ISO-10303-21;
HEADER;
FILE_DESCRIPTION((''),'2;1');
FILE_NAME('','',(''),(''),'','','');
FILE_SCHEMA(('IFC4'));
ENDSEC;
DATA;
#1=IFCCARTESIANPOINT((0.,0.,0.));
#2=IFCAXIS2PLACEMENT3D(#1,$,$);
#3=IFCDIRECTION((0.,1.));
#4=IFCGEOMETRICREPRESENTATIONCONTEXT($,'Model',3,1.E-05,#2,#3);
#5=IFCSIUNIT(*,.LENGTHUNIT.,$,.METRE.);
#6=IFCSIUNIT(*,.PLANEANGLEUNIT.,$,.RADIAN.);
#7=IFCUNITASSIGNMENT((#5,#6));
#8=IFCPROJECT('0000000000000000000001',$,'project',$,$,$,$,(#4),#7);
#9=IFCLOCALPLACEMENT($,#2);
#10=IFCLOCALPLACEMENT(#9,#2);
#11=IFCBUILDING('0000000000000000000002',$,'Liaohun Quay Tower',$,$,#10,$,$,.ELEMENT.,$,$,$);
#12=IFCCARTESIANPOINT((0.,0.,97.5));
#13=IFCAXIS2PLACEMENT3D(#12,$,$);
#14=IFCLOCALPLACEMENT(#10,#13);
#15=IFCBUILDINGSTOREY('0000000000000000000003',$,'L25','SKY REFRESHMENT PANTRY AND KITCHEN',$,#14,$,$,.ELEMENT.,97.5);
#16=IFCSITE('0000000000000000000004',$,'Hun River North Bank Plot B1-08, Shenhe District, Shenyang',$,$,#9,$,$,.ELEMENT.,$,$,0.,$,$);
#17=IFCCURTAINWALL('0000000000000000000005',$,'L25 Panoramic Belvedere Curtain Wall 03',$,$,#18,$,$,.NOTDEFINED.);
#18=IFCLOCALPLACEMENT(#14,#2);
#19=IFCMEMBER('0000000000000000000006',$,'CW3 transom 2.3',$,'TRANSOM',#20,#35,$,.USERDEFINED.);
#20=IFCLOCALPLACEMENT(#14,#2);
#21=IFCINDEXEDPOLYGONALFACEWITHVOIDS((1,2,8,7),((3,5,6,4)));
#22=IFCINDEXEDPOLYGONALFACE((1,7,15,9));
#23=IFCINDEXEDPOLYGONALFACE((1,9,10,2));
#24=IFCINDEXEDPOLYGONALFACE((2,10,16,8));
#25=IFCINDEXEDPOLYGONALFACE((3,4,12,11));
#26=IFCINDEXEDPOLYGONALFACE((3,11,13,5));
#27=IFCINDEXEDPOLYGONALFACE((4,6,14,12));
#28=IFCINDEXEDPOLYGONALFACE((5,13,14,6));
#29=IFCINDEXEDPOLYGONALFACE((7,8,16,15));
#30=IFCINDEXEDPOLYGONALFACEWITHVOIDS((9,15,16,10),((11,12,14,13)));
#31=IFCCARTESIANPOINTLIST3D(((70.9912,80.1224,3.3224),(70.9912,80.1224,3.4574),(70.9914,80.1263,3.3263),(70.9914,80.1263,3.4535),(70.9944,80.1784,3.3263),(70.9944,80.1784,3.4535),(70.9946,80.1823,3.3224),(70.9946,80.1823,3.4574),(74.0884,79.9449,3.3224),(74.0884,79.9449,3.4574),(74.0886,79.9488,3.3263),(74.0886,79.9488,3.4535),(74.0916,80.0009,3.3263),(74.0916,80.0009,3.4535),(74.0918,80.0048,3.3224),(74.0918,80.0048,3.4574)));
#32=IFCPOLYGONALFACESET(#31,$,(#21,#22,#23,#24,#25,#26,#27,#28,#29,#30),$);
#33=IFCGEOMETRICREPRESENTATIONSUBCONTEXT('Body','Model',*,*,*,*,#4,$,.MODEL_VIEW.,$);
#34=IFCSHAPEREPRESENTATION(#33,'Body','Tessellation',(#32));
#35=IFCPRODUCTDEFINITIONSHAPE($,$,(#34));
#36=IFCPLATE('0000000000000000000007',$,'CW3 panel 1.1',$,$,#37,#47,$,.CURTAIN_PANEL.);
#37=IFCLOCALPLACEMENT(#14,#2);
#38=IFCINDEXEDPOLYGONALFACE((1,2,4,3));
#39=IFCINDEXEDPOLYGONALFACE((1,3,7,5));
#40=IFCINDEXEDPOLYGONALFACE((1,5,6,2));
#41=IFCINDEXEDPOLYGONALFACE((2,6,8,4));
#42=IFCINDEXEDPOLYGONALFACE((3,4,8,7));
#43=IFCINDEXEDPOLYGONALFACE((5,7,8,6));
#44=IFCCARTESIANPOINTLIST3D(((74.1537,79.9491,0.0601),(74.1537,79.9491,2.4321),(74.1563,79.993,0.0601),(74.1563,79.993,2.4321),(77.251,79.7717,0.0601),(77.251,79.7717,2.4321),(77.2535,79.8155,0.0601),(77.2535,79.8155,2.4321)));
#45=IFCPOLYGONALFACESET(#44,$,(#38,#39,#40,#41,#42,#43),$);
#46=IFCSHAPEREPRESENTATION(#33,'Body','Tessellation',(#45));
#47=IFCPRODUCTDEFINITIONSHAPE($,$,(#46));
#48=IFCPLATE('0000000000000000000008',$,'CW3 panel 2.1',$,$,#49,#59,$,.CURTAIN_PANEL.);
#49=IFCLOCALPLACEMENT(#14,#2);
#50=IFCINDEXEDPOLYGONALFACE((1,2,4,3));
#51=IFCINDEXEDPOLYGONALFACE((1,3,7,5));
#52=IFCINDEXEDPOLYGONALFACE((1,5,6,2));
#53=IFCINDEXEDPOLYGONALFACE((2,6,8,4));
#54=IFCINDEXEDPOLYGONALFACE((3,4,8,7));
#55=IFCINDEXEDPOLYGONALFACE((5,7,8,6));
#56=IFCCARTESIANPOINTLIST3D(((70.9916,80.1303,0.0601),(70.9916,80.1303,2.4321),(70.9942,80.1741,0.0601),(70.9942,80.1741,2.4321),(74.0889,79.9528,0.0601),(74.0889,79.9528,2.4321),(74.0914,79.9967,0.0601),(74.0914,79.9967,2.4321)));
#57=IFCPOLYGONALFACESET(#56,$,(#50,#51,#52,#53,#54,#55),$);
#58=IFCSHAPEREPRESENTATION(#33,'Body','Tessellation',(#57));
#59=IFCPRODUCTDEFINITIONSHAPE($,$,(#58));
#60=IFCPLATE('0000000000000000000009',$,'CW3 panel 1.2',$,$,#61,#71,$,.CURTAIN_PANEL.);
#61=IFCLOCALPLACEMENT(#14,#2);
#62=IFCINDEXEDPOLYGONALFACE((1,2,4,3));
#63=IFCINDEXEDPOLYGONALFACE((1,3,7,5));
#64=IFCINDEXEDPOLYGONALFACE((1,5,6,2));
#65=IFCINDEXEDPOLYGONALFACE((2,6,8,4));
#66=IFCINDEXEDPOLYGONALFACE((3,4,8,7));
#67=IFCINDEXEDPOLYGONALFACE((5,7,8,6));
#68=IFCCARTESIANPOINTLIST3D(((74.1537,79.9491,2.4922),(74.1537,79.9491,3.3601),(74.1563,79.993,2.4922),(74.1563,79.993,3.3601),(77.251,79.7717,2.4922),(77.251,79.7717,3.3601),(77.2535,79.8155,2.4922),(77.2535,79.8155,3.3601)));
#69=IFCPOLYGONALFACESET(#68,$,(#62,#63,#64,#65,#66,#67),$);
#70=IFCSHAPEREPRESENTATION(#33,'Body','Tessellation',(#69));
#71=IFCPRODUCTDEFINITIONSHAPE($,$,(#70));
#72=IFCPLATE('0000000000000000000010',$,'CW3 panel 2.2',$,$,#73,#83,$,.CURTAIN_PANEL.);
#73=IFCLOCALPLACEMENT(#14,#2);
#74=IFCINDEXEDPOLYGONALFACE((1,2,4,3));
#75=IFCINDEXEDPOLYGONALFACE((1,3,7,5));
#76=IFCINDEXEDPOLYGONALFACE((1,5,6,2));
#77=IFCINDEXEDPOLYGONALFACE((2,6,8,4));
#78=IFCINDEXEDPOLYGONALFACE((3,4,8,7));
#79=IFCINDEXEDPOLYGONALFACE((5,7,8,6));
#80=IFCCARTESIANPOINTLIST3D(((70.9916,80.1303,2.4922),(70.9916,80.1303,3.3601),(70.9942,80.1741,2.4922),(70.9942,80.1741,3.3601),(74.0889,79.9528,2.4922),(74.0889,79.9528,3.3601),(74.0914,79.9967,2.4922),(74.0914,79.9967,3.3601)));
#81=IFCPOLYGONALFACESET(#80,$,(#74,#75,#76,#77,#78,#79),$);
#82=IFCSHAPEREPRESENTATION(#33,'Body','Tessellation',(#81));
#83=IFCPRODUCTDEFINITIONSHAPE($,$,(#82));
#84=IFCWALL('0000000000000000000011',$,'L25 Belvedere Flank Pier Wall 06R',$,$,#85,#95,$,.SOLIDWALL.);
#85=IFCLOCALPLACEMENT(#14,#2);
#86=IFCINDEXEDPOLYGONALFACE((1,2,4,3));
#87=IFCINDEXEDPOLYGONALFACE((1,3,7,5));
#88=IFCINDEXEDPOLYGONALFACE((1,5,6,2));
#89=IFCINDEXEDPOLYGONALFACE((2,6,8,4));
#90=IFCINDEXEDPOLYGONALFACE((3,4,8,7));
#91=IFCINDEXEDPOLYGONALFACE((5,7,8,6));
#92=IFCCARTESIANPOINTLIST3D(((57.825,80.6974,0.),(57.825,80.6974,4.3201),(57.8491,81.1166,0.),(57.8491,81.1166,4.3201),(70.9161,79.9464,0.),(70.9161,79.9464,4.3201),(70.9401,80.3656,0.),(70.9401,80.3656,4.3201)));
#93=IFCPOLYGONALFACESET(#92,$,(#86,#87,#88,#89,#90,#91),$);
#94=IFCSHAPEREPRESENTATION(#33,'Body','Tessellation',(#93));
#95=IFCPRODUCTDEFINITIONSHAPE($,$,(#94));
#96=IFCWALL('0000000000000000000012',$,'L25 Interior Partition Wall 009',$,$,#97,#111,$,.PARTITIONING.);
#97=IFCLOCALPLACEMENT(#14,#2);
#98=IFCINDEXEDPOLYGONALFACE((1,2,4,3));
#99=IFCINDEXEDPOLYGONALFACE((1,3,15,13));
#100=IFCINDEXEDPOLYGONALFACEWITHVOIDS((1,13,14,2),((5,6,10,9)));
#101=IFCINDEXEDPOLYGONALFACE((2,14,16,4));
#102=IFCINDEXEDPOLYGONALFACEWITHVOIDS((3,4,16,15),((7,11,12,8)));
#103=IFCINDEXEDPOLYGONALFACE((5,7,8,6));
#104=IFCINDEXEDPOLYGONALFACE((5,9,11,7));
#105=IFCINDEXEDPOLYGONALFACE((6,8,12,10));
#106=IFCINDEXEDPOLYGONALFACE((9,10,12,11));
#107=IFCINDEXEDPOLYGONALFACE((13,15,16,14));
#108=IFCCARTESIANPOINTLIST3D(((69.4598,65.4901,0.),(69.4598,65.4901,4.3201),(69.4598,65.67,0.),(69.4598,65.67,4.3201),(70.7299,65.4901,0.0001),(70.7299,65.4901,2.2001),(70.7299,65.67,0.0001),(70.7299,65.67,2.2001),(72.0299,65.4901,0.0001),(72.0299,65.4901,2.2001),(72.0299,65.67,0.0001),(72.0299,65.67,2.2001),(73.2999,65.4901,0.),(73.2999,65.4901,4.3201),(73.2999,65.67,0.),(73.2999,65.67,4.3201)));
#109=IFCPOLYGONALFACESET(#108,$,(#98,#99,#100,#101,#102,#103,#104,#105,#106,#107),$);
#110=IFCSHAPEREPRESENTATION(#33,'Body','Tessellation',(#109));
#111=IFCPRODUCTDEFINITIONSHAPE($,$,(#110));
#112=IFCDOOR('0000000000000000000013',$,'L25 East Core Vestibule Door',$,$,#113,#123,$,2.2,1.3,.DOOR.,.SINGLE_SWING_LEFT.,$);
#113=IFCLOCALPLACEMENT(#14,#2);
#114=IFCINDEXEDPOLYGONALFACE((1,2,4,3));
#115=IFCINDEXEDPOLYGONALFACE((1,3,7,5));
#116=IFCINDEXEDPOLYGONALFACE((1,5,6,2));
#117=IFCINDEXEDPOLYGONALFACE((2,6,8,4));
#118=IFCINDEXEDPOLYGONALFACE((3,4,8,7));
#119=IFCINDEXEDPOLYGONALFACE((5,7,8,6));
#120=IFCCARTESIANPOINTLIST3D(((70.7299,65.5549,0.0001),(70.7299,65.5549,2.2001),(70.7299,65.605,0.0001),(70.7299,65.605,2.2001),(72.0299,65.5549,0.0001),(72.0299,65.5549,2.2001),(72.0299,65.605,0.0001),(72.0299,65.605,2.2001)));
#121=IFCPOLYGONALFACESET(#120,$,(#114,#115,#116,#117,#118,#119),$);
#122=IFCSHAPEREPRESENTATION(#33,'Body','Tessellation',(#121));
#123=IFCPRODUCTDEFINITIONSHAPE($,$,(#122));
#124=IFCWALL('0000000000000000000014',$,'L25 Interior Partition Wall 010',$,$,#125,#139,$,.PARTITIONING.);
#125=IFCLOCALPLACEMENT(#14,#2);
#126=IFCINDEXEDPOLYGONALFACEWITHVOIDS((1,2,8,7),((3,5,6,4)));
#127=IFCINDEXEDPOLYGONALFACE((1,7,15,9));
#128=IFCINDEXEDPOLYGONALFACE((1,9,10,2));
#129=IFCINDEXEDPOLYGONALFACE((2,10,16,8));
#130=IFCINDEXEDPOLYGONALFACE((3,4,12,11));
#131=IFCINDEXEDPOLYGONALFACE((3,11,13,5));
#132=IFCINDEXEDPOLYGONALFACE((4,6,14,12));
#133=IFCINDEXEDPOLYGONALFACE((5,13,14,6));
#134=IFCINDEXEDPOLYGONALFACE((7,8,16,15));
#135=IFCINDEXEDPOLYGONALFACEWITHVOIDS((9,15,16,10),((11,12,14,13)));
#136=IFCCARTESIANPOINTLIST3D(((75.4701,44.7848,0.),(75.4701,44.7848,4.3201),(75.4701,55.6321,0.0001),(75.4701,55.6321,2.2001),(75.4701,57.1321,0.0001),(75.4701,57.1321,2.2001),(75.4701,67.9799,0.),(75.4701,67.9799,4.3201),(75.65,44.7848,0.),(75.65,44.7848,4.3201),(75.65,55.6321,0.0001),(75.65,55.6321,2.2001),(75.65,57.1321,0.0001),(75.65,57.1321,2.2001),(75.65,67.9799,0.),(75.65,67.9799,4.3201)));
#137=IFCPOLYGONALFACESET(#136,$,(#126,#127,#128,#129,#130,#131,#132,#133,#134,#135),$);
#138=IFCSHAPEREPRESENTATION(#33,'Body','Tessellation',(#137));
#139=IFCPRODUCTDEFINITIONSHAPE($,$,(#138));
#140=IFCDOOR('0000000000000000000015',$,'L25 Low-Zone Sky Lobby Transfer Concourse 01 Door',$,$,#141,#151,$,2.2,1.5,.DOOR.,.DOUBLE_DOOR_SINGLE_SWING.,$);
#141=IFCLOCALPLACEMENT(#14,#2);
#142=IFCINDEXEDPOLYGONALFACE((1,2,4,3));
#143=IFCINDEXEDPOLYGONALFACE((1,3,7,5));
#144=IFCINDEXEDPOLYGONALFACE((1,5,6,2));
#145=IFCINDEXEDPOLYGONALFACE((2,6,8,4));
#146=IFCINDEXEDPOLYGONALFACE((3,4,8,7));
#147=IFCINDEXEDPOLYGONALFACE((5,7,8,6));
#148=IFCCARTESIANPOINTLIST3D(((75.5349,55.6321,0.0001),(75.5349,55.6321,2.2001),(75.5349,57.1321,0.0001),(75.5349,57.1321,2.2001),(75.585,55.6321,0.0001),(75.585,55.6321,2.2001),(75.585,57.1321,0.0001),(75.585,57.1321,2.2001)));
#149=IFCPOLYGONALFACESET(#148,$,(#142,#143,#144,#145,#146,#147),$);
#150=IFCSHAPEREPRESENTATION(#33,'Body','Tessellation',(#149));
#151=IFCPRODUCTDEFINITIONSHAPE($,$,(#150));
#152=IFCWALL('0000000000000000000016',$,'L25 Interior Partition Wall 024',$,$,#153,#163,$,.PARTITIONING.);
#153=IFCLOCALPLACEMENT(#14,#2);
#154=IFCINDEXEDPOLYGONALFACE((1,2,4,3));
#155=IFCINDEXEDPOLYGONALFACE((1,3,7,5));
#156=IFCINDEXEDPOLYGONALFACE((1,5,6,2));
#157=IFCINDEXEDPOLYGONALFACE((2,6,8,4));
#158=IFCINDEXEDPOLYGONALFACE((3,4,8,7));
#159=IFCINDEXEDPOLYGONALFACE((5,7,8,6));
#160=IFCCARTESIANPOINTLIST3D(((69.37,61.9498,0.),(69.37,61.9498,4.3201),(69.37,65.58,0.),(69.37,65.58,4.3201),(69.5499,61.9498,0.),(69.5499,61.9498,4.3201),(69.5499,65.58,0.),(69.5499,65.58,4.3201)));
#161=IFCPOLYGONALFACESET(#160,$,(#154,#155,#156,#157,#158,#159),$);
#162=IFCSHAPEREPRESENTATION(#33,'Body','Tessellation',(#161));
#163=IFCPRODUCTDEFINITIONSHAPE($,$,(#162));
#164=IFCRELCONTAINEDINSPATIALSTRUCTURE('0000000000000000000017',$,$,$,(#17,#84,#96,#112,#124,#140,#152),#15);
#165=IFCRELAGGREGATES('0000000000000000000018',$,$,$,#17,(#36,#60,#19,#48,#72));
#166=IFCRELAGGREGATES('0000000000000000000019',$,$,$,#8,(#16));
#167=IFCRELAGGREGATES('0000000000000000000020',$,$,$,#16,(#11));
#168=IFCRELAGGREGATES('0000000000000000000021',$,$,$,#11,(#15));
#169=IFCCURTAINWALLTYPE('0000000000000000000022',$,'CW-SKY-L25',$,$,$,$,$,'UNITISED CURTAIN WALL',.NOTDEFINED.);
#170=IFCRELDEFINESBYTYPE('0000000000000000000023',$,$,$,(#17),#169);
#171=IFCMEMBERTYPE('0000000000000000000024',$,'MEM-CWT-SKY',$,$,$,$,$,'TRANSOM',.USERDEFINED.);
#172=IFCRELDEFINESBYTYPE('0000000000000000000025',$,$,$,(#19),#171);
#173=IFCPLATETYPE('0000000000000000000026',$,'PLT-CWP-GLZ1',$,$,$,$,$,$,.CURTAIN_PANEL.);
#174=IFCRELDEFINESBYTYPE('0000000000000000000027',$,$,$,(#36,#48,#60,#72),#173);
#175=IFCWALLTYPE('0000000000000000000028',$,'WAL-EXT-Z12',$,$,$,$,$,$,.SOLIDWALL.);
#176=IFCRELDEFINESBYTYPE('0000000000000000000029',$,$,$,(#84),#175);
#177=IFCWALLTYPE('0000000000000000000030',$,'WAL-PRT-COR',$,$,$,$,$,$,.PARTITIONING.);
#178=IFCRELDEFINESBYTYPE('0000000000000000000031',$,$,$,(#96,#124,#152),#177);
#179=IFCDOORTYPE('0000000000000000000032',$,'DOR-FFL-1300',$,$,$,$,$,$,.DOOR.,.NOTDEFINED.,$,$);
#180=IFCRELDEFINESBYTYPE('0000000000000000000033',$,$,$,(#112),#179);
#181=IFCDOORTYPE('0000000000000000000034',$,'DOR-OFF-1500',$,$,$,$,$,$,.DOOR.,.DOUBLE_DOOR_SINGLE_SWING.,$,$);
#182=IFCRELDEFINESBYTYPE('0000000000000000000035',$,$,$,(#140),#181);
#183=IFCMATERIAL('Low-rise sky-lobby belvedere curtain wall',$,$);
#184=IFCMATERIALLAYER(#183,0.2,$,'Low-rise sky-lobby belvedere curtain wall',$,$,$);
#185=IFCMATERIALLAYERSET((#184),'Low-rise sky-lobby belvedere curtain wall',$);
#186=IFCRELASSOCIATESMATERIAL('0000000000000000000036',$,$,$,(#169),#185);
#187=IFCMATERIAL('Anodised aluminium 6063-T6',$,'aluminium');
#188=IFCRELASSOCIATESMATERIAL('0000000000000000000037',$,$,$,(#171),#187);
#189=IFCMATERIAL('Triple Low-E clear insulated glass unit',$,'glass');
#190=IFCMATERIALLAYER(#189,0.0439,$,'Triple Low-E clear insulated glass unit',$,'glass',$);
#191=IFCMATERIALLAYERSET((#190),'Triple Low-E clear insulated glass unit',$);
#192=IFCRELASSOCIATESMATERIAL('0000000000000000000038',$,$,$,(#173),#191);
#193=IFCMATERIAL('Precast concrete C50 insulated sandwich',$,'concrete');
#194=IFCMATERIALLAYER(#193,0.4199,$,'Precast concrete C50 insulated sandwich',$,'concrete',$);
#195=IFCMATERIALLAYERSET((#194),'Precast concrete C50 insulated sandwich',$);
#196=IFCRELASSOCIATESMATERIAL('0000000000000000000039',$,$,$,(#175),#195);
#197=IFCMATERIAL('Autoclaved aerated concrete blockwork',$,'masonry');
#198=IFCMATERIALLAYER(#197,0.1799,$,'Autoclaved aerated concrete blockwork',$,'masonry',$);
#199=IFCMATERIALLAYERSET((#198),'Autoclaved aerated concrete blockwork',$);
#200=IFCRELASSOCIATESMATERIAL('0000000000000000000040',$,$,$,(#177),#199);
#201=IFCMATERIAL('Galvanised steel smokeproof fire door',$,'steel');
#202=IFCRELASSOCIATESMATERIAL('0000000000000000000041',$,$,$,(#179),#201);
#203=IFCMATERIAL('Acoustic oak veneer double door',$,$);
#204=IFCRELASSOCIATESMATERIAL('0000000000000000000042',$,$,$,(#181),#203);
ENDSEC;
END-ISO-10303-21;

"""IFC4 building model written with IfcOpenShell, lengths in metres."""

from ifc_helpers import new_model, si_unit, direction, frame, frame_2d, origin, origin_2d, place, context, subcontext, project, spatial, rectangle, hollow_rectangle, extrude, source, transform, mapped, material, layer, layer_set, material_profile, profile_set, type_object, element, fill, aggregate, save


model = new_model("IFC4")

# Units and contexts
model_context = context("Model", 3, precision=1e-05, world=origin(), true_north=direction((0.0, 1.0)))
body_context = subcontext(model_context, "Body", "Model", "MODEL_VIEW")
ifc_project = project(units=[si_unit("LENGTHUNIT", "METRE"), si_unit("PLANEANGLEUNIT", "RADIAN")], contexts=[model_context])

# Site, building, storey
site_placement = place(None, origin())
site = spatial("IfcSite", under=ifc_project, at=site_placement, Name="Hun River North Bank Plot B1-08, Shenhe District, Shenyang", CompositionType="ELEMENT", RefElevation=0.0)
building_placement = place(site_placement, origin())
building = spatial("IfcBuilding", under=site, at=building_placement, Name="Liaohun Quay Tower", CompositionType="ELEMENT")
storey_placement = place(building_placement, frame((0.0, 0.0, 97.5)))
storey = spatial("IfcBuildingStorey", under=building, at=storey_placement, Name="L25", Description="SKY REFRESHMENT PANTRY AND KITCHEN", CompositionType="ELEMENT", Elevation=97.5)

# Curtain wall, member, plates
ifc_material_1 = material(Name="Low-rise sky-lobby belvedere curtain wall")
ifc_layer_1 = layer(ifc_material_1, 0.2, Name="Low-rise sky-lobby belvedere curtain wall")
ifc_layer_set_1 = layer_set([ifc_layer_1], Name="Low-rise sky-lobby belvedere curtain wall")
curtain_wall_type = type_object("IfcCurtainWallType", Name="CW-SKY-L25", ElementType="UNITISED CURTAIN WALL", PredefinedType="NOTDEFINED", material=ifc_layer_set_1)
curtain_wall_placement = place(storey_placement, origin())
curtain_wall = element("IfcCurtainWall", 1, at=curtain_wall_placement, inside=storey, type_object=curtain_wall_type, Name="L25 Panoramic Belvedere Curtain Wall 03", PredefinedType="NOTDEFINED")
ifc_material_2 = material(Name="Anodised aluminium 6063-T6", Category="aluminium")
ifc_material_profile_1 = material_profile(ifc_material_2, hollow_rectangle(XDim=0.0601, YDim=0.135, WallThickness=0.0039, at=origin_2d()), Name="RHS135x60x4")
ifc_profile_set_1 = profile_set([ifc_material_profile_1], Name="Anodised aluminium 6063-T6")
member_type_1 = type_object("IfcMemberType", Name="MEM-CWT-SKY", ElementType="TRANSOM", PredefinedType="USERDEFINED", material=ifc_profile_set_1)
shared_shape_1 = source(origin(), body_context, "Body", "SweptSolid", [
    extrude(hollow_rectangle(XDim=0.0601, YDim=0.135, WallThickness=0.0039, at=origin_2d()), origin(), (0.0, 0.0, 1.0), 3.1023),
])
member_1_placement = place(storey_placement, frame((74.0901, 79.9749, 3.3899), z_axis=(-0.998362, 0.057213, 0.0), x_axis=(-0.057213, -0.998362, 0.0)))
member_1 = element("IfcMember", 2, at=member_1_placement, type_object=member_type_1, Name="CW3 transom 2.3", ObjectType="TRANSOM", PredefinedType="USERDEFINED", context=body_context, shape_type="MappedRepresentation", body=[
    mapped(shared_shape_1, transform((0.0, 0.0, 0.0), x_axis=(1.0, 0.0, 0.0), y_axis=(0.0, 1.0, 0.0), z_axis=(0.0, 0.0, 1.0), scale=1.0)),
])
ifc_material_3 = material(Name="Triple Low-E clear insulated glass unit", Category="glass")
ifc_layer_2 = layer(ifc_material_3, 0.0439, Name="Triple Low-E clear insulated glass unit", Category="glass")
ifc_layer_set_2 = layer_set([ifc_layer_2], Name="Triple Low-E clear insulated glass unit")
plate_type = type_object("IfcPlateType", Name="PLT-CWP-GLZ1", PredefinedType="CURTAIN_PANEL", material=ifc_layer_set_2)
shared_shape_2 = source(origin(), body_context, "Body", "SweptSolid", [
    extrude(rectangle(XDim=3.1023, YDim=0.0439, at=origin_2d()), origin(), (0.0, 0.0, 1.0), 2.3721),
])
plate_1_placement = place(storey_placement, frame((75.7036, 79.8823, 0.0601), z_axis=(0.0, 0.0, 1.0), x_axis=(-0.998363, 0.057192, 0.0)))
plate_1 = element("IfcPlate", 3, at=plate_1_placement, type_object=plate_type, Name="CW3 panel 1.1", PredefinedType="CURTAIN_PANEL", context=body_context, shape_type="MappedRepresentation", body=[
    mapped(shared_shape_2, transform((0.0, 0.0, 0.0), x_axis=(1.0, 0.0, 0.0), y_axis=(0.0, 1.0, 0.0), z_axis=(0.0, 0.0, 1.0), scale=1.0)),
])
plate_2_placement = place(storey_placement, frame((72.5415, 80.0635, 0.0601), z_axis=(0.0, 0.0, 1.0), x_axis=(-0.998363, 0.057192, 0.0)))
plate_2 = element("IfcPlate", 4, at=plate_2_placement, type_object=plate_type, Name="CW3 panel 2.1", PredefinedType="CURTAIN_PANEL", context=body_context, shape_type="MappedRepresentation", body=[
    mapped(shared_shape_2, transform((0.0, 0.0, 0.0), x_axis=(1.0, 0.0, 0.0), y_axis=(0.0, 1.0, 0.0), z_axis=(0.0, 0.0, 1.0), scale=1.0)),
])
shared_shape_3 = source(origin(), body_context, "Body", "SweptSolid", [
    extrude(rectangle(XDim=3.1023, YDim=0.0439, at=origin_2d()), origin(), (0.0, 0.0, 1.0), 0.8679),
])
plate_3_placement = place(storey_placement, frame((75.7036, 79.8823, 2.4922), z_axis=(0.0, 0.0, 1.0), x_axis=(-0.998363, 0.057192, 0.0)))
plate_3 = element("IfcPlate", 5, at=plate_3_placement, type_object=plate_type, Name="CW3 panel 1.2", PredefinedType="CURTAIN_PANEL", context=body_context, shape_type="MappedRepresentation", body=[
    mapped(shared_shape_3, transform((0.0, 0.0, 0.0), x_axis=(1.0, 0.0, 0.0), y_axis=(0.0, 1.0, 0.0), z_axis=(0.0, 0.0, 1.0), scale=1.0)),
])
plate_4_placement = place(storey_placement, frame((72.5415, 80.0635, 2.4922), z_axis=(0.0, 0.0, 1.0), x_axis=(-0.998363, 0.057192, 0.0)))
plate_4 = element("IfcPlate", 6, at=plate_4_placement, type_object=plate_type, Name="CW3 panel 2.2", PredefinedType="CURTAIN_PANEL", context=body_context, shape_type="MappedRepresentation", body=[
    mapped(shared_shape_3, transform((0.0, 0.0, 0.0), x_axis=(1.0, 0.0, 0.0), y_axis=(0.0, 1.0, 0.0), z_axis=(0.0, 0.0, 1.0), scale=1.0)),
])
aggregate(curtain_wall, [plate_1, plate_3, member_1, plate_2, plate_4])

# Wall
ifc_material_4 = material(Name="Precast concrete C50 insulated sandwich", Category="concrete")
ifc_layer_3 = layer(ifc_material_4, 0.4199, Name="Precast concrete C50 insulated sandwich", Category="concrete")
ifc_layer_set_3 = layer_set([ifc_layer_3], Name="Precast concrete C50 insulated sandwich")
wall_type_1 = type_object("IfcWallType", Name="WAL-EXT-Z12", PredefinedType="SOLIDWALL", material=ifc_layer_set_3)
wall_1_placement = place(storey_placement, frame((70.928, 80.156, 0.0), z_axis=(0.0, 0.0, 1.0), x_axis=(-0.998359, 0.057271, 0.0)))
element("IfcWall", 7, at=wall_1_placement, inside=storey, type_object=wall_type_1, Name="L25 Belvedere Flank Pier Wall 06R", PredefinedType="SOLIDWALL", context=body_context, shape_type="SweptSolid", body=[
    extrude(rectangle(XDim=13.1125, YDim=0.4199, at=frame_2d((6.5562, 0.0))), origin(), (0.0, 0.0, 1.0), 4.3201),
])

# Walls, openings, doors
ifc_material_5 = material(Name="Autoclaved aerated concrete blockwork", Category="masonry")
ifc_layer_4 = layer(ifc_material_5, 0.1799, Name="Autoclaved aerated concrete blockwork", Category="masonry")
ifc_layer_set_4 = layer_set([ifc_layer_4], Name="Autoclaved aerated concrete blockwork")
wall_type_2 = type_object("IfcWallType", Name="WAL-PRT-COR", PredefinedType="PARTITIONING", material=ifc_layer_set_4)
wall_2_placement = place(storey_placement, frame((69.46, 65.5801, 0.0), z_axis=(0.0, 0.0, 1.0), x_axis=(1.0, 0.0, 0.0)))
wall_2 = element("IfcWall", 8, at=wall_2_placement, inside=storey, type_object=wall_type_2, Name="L25 Interior Partition Wall 009", PredefinedType="PARTITIONING", context=body_context, shape_type="SweptSolid", body=[
    extrude(rectangle(XDim=3.8401, YDim=0.1799, at=frame_2d((1.9199, 0.0))), origin(), (0.0, 0.0, 1.0), 4.3201),
])
shared_shape_4 = source(origin(), body_context, "Body", "SweptSolid", [
    extrude(rectangle(XDim=1.3, YDim=2.2, at=frame_2d((0.6499, 1.1001))), frame((0.0, 0.0999, 0.0), z_axis=(0.0, -1.0, 0.0), x_axis=(1.0, 0.0, 0.0)), (0.0, 0.0, 1.0), 0.2),
])
opening_1_placement = place(wall_2_placement, frame((1.27, 0.0, 0.0)))
opening_1 = element("IfcOpeningElement", 9, at=opening_1_placement, cuts=wall_2, PredefinedType="OPENING", context=body_context, shape_type="MappedRepresentation", body=[
    mapped(shared_shape_4, transform((0.0, 0.0, 0.0), x_axis=(1.0, 0.0, 0.0), y_axis=(0.0, 1.0, 0.0), z_axis=(0.0, 0.0, 1.0), scale=1.0)),
])
ifc_material_6 = material(Name="Galvanised steel smokeproof fire door", Category="steel")
door_type_1 = type_object("IfcDoorType", Name="DOR-FFL-1300", OperationType="NOTDEFINED", PredefinedType="DOOR", material=ifc_material_6)
shared_shape_5 = source(origin(), body_context, "Body", "SweptSolid", [
    extrude(rectangle(XDim=1.3, YDim=2.2, at=frame_2d((0.6499, 1.1001))), frame((0.0, 0.0249, 0.0), z_axis=(0.0, -1.0, 0.0), x_axis=(1.0, 0.0, 0.0)), (0.0, 0.0, 1.0), 0.05),
])
door_1_placement = place(opening_1_placement, origin())
door_1 = element("IfcDoor", 10, at=door_1_placement, inside=storey, type_object=door_type_1, Name="L25 East Core Vestibule Door", OperationType="SINGLE_SWING_LEFT", OverallHeight=2.2, OverallWidth=1.3, PredefinedType="DOOR", context=body_context, shape_type="MappedRepresentation", body=[
    mapped(shared_shape_5, transform((0.0, 0.0, 0.0), x_axis=(1.0, 0.0, 0.0), y_axis=(0.0, 1.0, 0.0), z_axis=(0.0, 0.0, 1.0), scale=1.0)),
])
fill(opening_1, door_1)
wall_3_placement = place(storey_placement, frame((75.5601, 67.98, 0.0), z_axis=(0.0, 0.0, 1.0), x_axis=(0.0, -1.0, 0.0)))
wall_3 = element("IfcWall", 11, at=wall_3_placement, inside=storey, type_object=wall_type_2, Name="L25 Interior Partition Wall 010", PredefinedType="PARTITIONING", context=body_context, shape_type="SweptSolid", body=[
    extrude(rectangle(XDim=23.1951, YDim=0.1799, at=frame_2d((11.5977, 0.0))), origin(), (0.0, 0.0, 1.0), 4.3201),
])
shared_shape_6 = source(origin(), body_context, "Body", "SweptSolid", [
    extrude(rectangle(XDim=1.5, YDim=2.2, at=frame_2d((0.75, 1.1001))), frame((0.0, 0.0999, 0.0), z_axis=(0.0, -1.0, 0.0), x_axis=(1.0, 0.0, 0.0)), (0.0, 0.0, 1.0), 0.2),
])
opening_2_placement = place(wall_3_placement, frame((10.8479, 0.0, 0.0)))
opening_2 = element("IfcOpeningElement", 12, at=opening_2_placement, cuts=wall_3, PredefinedType="OPENING", context=body_context, shape_type="MappedRepresentation", body=[
    mapped(shared_shape_6, transform((0.0, 0.0, 0.0), x_axis=(1.0, 0.0, 0.0), y_axis=(0.0, 1.0, 0.0), z_axis=(0.0, 0.0, 1.0), scale=1.0)),
])
ifc_material_7 = material(Name="Acoustic oak veneer double door")
door_type_2 = type_object("IfcDoorType", Name="DOR-OFF-1500", OperationType="DOUBLE_DOOR_SINGLE_SWING", PredefinedType="DOOR", material=ifc_material_7)
shared_shape_7 = source(origin(), body_context, "Body", "SweptSolid", [
    extrude(rectangle(XDim=1.5, YDim=2.2, at=frame_2d((0.75, 1.1001))), frame((0.0, 0.0249, 0.0), z_axis=(0.0, -1.0, 0.0), x_axis=(1.0, 0.0, 0.0)), (0.0, 0.0, 1.0), 0.05),
])
door_2_placement = place(opening_2_placement, origin())
door_2 = element("IfcDoor", 13, at=door_2_placement, inside=storey, type_object=door_type_2, Name="L25 Low-Zone Sky Lobby Transfer Concourse 01 Door", OperationType="DOUBLE_DOOR_SINGLE_SWING", OverallHeight=2.2, OverallWidth=1.5, PredefinedType="DOOR", context=body_context, shape_type="MappedRepresentation", body=[
    mapped(shared_shape_7, transform((0.0, 0.0, 0.0), x_axis=(1.0, 0.0, 0.0), y_axis=(0.0, 1.0, 0.0), z_axis=(0.0, 0.0, 1.0), scale=1.0)),
])
fill(opening_2, door_2)

# Wall
wall_4_placement = place(storey_placement, frame((69.46, 61.95, 0.0), z_axis=(0.0, 0.0, 1.0), x_axis=(0.0, 1.0, 0.0)))
element("IfcWall", 14, at=wall_4_placement, inside=storey, type_object=wall_type_2, Name="L25 Interior Partition Wall 024", PredefinedType="PARTITIONING", context=body_context, shape_type="SweptSolid", body=[
    extrude(rectangle(XDim=3.6301, YDim=0.1799, at=frame_2d((1.8149, 0.0))), origin(), (0.0, 0.0, 1.0), 4.3201),
])

save(model, "model.ifc")
